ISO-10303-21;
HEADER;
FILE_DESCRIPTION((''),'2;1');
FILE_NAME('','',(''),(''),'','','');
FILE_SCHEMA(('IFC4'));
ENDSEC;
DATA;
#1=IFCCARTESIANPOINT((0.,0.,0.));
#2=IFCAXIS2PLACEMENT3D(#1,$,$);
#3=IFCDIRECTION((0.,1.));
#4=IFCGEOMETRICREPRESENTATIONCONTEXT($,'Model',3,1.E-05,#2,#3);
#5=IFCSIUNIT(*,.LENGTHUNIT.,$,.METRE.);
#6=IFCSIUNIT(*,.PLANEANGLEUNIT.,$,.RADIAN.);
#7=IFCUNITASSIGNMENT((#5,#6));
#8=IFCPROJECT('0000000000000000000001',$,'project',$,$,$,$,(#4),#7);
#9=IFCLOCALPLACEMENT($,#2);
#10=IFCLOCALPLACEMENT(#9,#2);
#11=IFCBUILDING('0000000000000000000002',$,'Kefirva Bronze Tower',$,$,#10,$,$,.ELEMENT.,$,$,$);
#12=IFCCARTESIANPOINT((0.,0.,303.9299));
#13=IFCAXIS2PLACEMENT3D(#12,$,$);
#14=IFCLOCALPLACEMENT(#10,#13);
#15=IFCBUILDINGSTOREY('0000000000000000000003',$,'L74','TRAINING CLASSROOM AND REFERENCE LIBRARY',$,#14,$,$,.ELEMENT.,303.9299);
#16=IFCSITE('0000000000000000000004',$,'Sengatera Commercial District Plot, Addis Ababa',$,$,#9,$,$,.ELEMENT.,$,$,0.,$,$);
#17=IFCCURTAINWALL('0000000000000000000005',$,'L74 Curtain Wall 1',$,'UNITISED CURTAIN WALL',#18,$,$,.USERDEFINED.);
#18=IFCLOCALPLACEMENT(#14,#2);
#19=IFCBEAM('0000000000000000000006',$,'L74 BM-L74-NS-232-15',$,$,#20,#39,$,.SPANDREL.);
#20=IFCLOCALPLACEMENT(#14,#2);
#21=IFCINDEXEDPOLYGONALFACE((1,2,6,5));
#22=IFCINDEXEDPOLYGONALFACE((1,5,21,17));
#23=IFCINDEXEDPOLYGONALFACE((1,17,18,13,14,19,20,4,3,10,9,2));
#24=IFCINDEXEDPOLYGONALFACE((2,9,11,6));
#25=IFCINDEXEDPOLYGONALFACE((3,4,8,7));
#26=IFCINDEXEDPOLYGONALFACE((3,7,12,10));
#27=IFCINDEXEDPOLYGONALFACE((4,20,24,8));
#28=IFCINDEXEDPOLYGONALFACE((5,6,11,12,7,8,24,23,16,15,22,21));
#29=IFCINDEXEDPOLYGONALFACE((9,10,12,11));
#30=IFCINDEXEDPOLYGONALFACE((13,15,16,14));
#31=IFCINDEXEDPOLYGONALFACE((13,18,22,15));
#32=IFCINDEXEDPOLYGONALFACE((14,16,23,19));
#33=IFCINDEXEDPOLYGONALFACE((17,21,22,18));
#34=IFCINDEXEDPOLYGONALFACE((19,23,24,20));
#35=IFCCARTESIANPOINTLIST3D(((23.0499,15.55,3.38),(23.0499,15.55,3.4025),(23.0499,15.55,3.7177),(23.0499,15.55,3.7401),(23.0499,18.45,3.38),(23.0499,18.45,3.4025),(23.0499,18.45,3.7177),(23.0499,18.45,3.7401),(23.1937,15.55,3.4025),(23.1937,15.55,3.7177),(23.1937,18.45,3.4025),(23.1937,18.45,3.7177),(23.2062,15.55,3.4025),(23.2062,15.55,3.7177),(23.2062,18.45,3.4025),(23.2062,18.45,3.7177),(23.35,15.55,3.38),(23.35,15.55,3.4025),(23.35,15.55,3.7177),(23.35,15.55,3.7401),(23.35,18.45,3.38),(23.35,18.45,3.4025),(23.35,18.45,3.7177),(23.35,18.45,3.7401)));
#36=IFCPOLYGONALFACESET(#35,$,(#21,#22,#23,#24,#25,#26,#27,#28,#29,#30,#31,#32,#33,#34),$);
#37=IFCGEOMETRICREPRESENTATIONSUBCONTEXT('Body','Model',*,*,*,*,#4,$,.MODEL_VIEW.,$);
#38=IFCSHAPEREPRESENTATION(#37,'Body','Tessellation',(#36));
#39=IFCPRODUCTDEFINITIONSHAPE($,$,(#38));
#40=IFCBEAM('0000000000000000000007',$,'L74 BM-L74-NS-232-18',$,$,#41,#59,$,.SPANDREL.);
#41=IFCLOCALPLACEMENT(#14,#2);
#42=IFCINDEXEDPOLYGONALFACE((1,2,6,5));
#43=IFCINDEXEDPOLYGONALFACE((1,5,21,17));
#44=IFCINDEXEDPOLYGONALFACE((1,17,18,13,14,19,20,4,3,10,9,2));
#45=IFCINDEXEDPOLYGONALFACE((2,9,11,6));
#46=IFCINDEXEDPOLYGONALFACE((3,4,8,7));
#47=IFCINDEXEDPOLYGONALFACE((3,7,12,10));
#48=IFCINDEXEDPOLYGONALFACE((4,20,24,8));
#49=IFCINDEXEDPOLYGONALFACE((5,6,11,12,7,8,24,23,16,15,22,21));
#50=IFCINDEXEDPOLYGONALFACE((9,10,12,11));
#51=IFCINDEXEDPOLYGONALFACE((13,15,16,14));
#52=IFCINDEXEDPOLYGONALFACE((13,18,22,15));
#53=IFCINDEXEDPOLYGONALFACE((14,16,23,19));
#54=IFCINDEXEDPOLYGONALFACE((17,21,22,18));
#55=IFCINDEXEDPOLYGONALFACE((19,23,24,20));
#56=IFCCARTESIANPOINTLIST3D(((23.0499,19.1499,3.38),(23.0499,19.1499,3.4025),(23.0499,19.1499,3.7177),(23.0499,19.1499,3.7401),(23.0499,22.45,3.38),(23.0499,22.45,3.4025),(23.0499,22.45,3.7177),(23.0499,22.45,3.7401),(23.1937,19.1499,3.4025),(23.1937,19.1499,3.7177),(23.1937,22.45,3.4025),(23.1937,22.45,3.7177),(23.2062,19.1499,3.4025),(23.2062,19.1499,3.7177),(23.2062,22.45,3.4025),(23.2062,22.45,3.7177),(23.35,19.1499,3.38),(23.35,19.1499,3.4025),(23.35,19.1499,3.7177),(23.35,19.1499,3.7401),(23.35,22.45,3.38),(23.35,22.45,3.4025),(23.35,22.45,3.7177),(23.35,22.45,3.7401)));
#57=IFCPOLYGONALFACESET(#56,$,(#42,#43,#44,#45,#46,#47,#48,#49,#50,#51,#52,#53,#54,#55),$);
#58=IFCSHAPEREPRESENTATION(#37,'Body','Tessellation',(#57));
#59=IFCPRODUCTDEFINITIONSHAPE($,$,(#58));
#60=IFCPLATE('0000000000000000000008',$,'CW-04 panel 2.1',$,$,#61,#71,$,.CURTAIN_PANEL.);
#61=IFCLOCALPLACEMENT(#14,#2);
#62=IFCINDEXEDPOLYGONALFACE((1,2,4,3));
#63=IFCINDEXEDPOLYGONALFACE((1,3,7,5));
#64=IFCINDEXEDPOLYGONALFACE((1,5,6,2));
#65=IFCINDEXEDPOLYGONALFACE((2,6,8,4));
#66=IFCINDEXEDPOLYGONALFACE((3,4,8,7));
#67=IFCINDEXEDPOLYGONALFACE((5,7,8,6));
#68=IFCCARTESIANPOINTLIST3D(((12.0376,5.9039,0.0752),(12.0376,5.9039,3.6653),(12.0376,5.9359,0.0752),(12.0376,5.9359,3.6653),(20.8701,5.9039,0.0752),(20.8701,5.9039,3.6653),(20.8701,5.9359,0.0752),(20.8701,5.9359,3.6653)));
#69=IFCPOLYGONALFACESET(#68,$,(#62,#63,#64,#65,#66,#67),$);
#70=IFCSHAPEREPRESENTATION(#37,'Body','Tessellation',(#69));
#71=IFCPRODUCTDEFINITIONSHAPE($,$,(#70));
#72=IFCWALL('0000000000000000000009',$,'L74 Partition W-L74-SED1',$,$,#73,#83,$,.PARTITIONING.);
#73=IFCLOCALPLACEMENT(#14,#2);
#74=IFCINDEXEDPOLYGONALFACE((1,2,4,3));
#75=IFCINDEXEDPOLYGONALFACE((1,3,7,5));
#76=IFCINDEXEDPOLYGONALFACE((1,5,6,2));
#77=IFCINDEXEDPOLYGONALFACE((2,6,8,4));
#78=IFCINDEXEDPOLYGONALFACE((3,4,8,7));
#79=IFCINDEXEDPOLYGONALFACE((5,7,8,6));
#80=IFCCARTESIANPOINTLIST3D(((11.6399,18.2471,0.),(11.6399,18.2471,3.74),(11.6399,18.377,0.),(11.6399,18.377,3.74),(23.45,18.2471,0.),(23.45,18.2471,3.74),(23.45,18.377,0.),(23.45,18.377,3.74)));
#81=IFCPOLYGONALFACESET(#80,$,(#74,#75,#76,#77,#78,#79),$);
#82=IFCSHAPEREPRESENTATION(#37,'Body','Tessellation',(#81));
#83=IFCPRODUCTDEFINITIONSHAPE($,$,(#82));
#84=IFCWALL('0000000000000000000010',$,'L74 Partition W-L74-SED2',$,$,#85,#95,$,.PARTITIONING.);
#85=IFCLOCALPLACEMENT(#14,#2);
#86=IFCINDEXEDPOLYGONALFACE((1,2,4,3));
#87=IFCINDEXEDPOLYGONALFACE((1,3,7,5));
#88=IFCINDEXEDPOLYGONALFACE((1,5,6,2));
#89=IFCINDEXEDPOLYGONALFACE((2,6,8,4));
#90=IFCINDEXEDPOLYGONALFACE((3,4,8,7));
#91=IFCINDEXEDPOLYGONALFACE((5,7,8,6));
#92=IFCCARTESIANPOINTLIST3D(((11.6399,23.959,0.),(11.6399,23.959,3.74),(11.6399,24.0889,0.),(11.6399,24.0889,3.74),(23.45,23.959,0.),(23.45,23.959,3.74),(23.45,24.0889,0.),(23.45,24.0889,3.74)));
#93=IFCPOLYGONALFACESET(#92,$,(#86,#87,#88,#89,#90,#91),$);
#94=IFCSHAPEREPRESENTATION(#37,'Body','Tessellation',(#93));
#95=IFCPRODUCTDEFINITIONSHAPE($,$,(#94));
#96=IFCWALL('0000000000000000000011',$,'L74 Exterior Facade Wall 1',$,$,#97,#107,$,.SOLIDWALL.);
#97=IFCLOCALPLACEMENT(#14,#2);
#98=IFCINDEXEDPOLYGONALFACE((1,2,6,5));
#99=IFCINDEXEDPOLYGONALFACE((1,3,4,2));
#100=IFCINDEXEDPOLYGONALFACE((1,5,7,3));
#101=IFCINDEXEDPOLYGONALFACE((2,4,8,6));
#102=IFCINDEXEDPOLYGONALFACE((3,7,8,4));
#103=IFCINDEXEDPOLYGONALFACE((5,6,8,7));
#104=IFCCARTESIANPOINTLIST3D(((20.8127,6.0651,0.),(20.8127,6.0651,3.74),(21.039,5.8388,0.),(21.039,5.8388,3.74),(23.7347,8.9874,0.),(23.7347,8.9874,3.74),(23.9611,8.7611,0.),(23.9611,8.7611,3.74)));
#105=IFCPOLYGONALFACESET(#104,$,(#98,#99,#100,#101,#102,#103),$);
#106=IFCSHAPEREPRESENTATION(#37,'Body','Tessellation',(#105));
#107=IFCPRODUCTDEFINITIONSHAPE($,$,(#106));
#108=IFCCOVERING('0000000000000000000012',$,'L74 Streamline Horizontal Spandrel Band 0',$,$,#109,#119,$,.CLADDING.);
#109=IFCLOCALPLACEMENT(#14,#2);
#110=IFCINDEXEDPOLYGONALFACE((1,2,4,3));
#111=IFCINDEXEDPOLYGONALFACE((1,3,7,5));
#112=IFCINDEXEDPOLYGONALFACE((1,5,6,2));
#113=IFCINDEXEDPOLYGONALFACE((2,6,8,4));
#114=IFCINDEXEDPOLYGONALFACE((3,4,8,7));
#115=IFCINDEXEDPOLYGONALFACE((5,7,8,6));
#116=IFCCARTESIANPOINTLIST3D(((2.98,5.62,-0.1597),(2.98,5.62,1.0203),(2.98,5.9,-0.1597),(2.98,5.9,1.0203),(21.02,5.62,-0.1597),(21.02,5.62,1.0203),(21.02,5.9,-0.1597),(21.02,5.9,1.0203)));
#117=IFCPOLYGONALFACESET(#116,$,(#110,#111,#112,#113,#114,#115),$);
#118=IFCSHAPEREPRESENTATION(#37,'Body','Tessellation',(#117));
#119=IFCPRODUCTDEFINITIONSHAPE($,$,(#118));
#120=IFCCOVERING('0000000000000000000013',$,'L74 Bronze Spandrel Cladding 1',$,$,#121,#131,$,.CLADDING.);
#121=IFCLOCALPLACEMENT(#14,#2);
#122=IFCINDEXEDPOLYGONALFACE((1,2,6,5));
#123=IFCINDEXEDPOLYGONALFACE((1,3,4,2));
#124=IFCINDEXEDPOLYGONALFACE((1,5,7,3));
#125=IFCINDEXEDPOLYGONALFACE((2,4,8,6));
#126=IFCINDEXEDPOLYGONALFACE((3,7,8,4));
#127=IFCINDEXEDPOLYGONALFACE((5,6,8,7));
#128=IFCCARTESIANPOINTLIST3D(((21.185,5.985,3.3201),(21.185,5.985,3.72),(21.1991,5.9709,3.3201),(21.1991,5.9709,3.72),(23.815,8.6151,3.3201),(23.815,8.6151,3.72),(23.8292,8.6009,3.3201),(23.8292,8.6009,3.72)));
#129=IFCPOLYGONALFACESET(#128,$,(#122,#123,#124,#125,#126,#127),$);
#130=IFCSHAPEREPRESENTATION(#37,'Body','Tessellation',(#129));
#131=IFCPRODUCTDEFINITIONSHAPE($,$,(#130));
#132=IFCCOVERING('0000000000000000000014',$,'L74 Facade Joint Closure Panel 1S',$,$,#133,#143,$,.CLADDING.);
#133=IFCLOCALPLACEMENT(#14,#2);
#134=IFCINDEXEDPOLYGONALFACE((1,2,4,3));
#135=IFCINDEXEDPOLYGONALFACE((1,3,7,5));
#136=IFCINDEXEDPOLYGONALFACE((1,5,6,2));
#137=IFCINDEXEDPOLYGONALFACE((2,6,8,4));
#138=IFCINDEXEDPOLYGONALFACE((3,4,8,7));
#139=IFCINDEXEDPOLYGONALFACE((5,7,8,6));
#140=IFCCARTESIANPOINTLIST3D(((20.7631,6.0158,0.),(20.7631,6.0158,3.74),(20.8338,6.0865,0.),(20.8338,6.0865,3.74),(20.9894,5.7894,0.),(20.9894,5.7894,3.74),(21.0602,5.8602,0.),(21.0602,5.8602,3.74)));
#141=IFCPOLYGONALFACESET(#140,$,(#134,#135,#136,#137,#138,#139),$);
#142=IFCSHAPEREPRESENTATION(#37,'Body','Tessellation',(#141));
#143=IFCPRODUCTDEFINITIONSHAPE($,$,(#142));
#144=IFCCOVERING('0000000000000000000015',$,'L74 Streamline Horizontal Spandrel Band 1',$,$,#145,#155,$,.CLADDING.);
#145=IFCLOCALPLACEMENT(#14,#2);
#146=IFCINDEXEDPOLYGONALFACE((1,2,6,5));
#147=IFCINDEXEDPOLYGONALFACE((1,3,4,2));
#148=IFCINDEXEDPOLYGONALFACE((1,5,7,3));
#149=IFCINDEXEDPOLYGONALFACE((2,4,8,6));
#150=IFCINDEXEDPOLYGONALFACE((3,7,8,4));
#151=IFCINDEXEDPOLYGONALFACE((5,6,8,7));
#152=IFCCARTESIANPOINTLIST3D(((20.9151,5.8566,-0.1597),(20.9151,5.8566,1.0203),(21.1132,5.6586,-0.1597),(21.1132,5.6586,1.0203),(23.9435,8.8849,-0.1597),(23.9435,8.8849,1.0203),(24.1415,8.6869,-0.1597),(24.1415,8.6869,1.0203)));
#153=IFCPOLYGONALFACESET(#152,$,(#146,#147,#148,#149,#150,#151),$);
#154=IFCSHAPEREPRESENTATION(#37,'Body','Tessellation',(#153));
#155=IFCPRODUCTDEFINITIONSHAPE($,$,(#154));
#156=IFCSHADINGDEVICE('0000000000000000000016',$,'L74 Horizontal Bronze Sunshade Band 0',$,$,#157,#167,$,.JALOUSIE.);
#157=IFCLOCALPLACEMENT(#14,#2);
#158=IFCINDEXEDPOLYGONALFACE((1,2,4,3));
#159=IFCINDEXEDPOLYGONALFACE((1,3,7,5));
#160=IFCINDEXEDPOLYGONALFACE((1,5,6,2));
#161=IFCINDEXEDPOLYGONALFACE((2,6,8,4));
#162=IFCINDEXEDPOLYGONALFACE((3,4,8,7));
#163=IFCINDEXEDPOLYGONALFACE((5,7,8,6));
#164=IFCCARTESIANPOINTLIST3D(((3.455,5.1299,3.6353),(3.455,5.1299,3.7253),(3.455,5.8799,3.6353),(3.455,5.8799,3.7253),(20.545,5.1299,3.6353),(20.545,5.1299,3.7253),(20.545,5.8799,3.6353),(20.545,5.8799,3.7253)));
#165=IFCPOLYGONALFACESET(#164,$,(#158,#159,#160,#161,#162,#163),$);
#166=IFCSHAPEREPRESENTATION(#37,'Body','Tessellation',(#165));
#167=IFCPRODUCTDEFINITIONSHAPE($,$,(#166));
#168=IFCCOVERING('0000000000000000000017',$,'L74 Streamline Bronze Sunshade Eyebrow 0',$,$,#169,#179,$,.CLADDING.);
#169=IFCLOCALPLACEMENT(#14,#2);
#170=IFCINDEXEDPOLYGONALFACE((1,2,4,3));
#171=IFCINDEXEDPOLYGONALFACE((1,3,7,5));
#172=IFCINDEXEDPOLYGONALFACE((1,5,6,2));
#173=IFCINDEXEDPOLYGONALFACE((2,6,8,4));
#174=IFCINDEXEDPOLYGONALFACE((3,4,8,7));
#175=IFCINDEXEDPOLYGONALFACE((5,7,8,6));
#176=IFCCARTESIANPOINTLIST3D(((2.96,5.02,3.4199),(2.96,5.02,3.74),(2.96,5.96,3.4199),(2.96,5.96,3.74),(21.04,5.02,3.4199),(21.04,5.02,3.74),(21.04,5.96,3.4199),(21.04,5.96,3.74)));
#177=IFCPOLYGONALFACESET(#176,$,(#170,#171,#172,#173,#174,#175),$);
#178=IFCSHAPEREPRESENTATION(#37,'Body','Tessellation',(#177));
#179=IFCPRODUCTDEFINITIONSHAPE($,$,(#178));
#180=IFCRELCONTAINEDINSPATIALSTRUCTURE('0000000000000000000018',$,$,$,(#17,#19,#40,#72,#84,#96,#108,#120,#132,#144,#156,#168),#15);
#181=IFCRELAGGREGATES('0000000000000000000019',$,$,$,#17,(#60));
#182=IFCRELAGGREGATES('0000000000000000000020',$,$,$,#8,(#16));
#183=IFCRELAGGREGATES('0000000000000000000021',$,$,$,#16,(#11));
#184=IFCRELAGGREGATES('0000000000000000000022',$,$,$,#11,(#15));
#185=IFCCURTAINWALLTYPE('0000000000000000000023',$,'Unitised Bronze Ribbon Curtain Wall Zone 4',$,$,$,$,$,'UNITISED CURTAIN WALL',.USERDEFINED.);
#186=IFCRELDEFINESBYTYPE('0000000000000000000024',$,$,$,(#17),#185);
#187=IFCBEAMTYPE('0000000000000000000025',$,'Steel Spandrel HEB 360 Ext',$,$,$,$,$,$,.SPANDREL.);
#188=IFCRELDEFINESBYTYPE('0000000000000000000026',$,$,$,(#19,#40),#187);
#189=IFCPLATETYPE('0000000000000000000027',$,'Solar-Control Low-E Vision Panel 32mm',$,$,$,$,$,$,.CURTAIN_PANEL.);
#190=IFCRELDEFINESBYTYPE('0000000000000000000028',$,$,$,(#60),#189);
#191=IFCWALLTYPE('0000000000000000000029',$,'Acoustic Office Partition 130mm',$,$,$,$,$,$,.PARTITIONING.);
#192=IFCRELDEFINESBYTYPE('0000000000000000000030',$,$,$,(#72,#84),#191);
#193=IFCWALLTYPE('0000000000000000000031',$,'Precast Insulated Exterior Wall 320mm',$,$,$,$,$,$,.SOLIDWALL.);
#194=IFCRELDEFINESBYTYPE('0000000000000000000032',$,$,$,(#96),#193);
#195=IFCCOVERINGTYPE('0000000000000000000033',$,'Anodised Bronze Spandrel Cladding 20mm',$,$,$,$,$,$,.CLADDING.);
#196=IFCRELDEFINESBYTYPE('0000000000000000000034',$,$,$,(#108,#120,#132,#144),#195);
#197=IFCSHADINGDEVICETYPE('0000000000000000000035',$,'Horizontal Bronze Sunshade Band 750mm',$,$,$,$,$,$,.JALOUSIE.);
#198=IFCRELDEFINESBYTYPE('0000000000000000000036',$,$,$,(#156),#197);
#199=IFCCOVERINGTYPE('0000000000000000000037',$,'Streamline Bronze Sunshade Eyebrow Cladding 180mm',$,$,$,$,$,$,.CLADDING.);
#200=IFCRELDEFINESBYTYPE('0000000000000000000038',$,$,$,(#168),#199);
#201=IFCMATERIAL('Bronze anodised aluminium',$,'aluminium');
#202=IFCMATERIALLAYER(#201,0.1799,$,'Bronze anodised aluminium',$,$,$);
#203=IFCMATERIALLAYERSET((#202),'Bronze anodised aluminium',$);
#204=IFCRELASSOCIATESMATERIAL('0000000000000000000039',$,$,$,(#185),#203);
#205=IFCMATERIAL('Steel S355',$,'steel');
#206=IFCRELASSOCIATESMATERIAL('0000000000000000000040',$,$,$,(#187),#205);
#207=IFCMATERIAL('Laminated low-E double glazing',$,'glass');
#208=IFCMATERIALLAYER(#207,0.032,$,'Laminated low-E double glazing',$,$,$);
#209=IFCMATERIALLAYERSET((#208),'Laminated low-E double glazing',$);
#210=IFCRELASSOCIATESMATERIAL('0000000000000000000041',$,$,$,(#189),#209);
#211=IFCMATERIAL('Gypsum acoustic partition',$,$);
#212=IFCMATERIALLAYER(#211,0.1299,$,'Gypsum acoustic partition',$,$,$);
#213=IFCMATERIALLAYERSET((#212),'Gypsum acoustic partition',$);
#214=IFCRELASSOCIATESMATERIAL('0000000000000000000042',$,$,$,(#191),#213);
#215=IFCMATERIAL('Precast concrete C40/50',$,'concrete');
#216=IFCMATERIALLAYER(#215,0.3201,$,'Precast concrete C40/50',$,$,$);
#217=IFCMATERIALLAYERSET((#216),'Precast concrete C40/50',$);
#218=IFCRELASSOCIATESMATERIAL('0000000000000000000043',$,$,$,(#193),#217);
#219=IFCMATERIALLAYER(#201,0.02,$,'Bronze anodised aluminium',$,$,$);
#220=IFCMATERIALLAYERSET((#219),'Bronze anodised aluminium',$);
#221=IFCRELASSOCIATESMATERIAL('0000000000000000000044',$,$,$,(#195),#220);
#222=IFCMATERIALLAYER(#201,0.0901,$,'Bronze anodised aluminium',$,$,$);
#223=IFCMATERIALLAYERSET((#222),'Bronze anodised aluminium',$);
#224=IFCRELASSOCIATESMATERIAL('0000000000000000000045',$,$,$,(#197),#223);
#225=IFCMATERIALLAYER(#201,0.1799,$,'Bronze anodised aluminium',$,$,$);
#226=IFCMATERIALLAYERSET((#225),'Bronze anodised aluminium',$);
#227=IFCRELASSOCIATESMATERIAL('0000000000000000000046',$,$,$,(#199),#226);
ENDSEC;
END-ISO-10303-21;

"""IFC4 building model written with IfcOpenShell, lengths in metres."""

from ifc_helpers import new_model, si_unit, direction, frame, frame_2d, origin, origin_2d, place, context, subcontext, project, spatial, rectangle, i_section, extrude, material, layer, layer_set, material_profile, profile_set, type_object, element, aggregate, save


model = new_model("IFC4")

# Units and contexts
model_context = context("Model", 3, precision=1e-05, world=origin(), true_north=direction((0.0, 1.0)))
body_context = subcontext(model_context, "Body", "Model", "MODEL_VIEW")
ifc_project = project(units=[si_unit("LENGTHUNIT", "METRE"), si_unit("PLANEANGLEUNIT", "RADIAN")], contexts=[model_context])

# Site, building, storey
site_placement = place(None, origin())
site = spatial("IfcSite", under=ifc_project, at=site_placement, Name="Sengatera Commercial District Plot, Addis Ababa", CompositionType="ELEMENT", RefElevation=0.0)
building_placement = place(site_placement, origin())
building = spatial("IfcBuilding", under=site, at=building_placement, Name="Kefirva Bronze Tower", CompositionType="ELEMENT")
storey_placement = place(building_placement, frame((0.0, 0.0, 303.9299)))
storey = spatial("IfcBuildingStorey", under=building, at=storey_placement, Name="L74", Description="TRAINING CLASSROOM AND REFERENCE LIBRARY", CompositionType="ELEMENT", Elevation=303.9299)

# Curtain wall
ifc_material_1 = material(Name="Bronze anodised aluminium", Category="aluminium")
ifc_layer_1 = layer(ifc_material_1, 0.1799, Name="Bronze anodised aluminium")
ifc_layer_set_1 = layer_set([ifc_layer_1], Name="Bronze anodised aluminium")
curtain_wall_type = type_object("IfcCurtainWallType", Name="Unitised Bronze Ribbon Curtain Wall Zone 4", ElementType="UNITISED CURTAIN WALL", PredefinedType="USERDEFINED", material=ifc_layer_set_1)
curtain_wall_placement = place(storey_placement, origin())
curtain_wall = element("IfcCurtainWall", 1, at=curtain_wall_placement, inside=storey, type_object=curtain_wall_type, Name="L74 Curtain Wall 1", ObjectType="UNITISED CURTAIN WALL", PredefinedType="USERDEFINED")

# Beams
ifc_material_2 = material(Name="Steel S355", Category="steel")
ifc_material_profile_1 = material_profile(ifc_material_2, i_section(OverallWidth=0.3, OverallDepth=0.3601, WebThickness=0.0125, FlangeThickness=0.0225, at=origin_2d()), Name="HEB 360")
ifc_profile_set_1 = profile_set([ifc_material_profile_1], Name="Steel S355")
beam_type_1 = type_object("IfcBeamType", Name="Steel Spandrel HEB 360 Ext", PredefinedType="SPANDREL", material=ifc_profile_set_1)
beam_1_placement = place(storey_placement, frame((23.2, 15.55, 3.5601), z_axis=(0.0, 1.0, 0.0), x_axis=(-1.0, 0.0, 0.0)))
element("IfcBeam", 2, at=beam_1_placement, inside=storey, type_object=beam_type_1, Name="L74 BM-L74-NS-232-15", PredefinedType="SPANDREL", context=body_context, shape_type="SweptSolid", body=[
    extrude(i_section(OverallWidth=0.3, OverallDepth=0.3601, WebThickness=0.0125, FlangeThickness=0.0225, at=origin_2d()), origin(), (0.0, 0.0, 1.0), 2.8999),
])
beam_2_placement = place(storey_placement, frame((23.2, 19.1499, 3.5601), z_axis=(0.0, 1.0, 0.0), x_axis=(-1.0, 0.0, 0.0)))
element("IfcBeam", 3, at=beam_2_placement, inside=storey, type_object=beam_type_1, Name="L74 BM-L74-NS-232-18", PredefinedType="SPANDREL", context=body_context, shape_type="SweptSolid", body=[
    extrude(i_section(OverallWidth=0.3, OverallDepth=0.3601, WebThickness=0.0125, FlangeThickness=0.0225, at=origin_2d()), origin(), (0.0, 0.0, 1.0), 3.3),
])

# Plate
ifc_material_3 = material(Name="Laminated low-E double glazing", Category="glass")
ifc_layer_2 = layer(ifc_material_3, 0.032, Name="Laminated low-E double glazing")
ifc_layer_set_2 = layer_set([ifc_layer_2], Name="Laminated low-E double glazing")
plate_type = type_object("IfcPlateType", Name="Solar-Control Low-E Vision Panel 32mm", PredefinedType="CURTAIN_PANEL", material=ifc_layer_set_2)
plate_placement = place(storey_placement, frame((16.4539, 5.9199, 0.0752), z_axis=(0.0, 0.0, 1.0), x_axis=(1.0, 0.0, 0.0)))
plate = element("IfcPlate", 4, at=plate_placement, type_object=plate_type, Name="CW-04 panel 2.1", PredefinedType="CURTAIN_PANEL", context=body_context, shape_type="SweptSolid", body=[
    extrude(rectangle(XDim=8.8325, YDim=0.032, at=origin_2d()), origin(), (0.0, 0.0, 1.0), 3.5901),
])
aggregate(curtain_wall, [plate])

# Walls
ifc_material_4 = material(Name="Gypsum acoustic partition")
ifc_layer_3 = layer(ifc_material_4, 0.1299, Name="Gypsum acoustic partition")
ifc_layer_set_3 = layer_set([ifc_layer_3], Name="Gypsum acoustic partition")
wall_type_1 = type_object("IfcWallType", Name="Acoustic Office Partition 130mm", PredefinedType="PARTITIONING", material=ifc_layer_set_3)
for number, where, z_axis, x_axis, name in (
    (5, (11.6399, 18.312, 0.0), (0.0, 0.0, 1.0), (1.0, 0.0, 0.0), "L74 Partition W-L74-SED1"),
    (6, (11.6399, 24.0239, 0.0), (0.0, 0.0, 1.0), (1.0, 0.0, 0.0), "L74 Partition W-L74-SED2"),
):
    element("IfcWall", number, at=place(storey_placement, frame(where, z_axis=z_axis, x_axis=x_axis)), inside=storey, type_object=wall_type_1, Name=name, PredefinedType="PARTITIONING", context=body_context, shape_type="SweptSolid", body=[
        extrude(rectangle(XDim=11.8101, YDim=0.1299, at=frame_2d((5.905, 0.0))), origin(), (0.0, 0.0, 1.0), 3.74),
    ])
ifc_material_5 = material(Name="Precast concrete C40/50", Category="concrete")
ifc_layer_4 = layer(ifc_material_5, 0.3201, Name="Precast concrete C40/50")
ifc_layer_set_4 = layer_set([ifc_layer_4], Name="Precast concrete C40/50")
wall_type_2 = type_object("IfcWallType", Name="Precast Insulated Exterior Wall 320mm", PredefinedType="SOLIDWALL", material=ifc_layer_set_4)
wall_placement = place(storey_placement, frame((20.9258, 5.9519, 0.0), z_axis=(0.0, 0.0, 1.0), x_axis=(0.707077, 0.707136, 0.0)))
element("IfcWall", 7, at=wall_placement, inside=storey, type_object=wall_type_2, Name="L74 Exterior Facade Wall 1", PredefinedType="SOLIDWALL", context=body_context, shape_type="SweptSolid", body=[
    extrude(rectangle(XDim=4.1326, YDim=0.3201, at=frame_2d((2.0664, 0.0))), origin(), (0.0, 0.0, 1.0), 3.74),
])

# Coverings
ifc_layer_5 = layer(ifc_material_1, 0.02, Name="Bronze anodised aluminium")
ifc_layer_set_5 = layer_set([ifc_layer_5], Name="Bronze anodised aluminium")
covering_type_1 = type_object("IfcCoveringType", Name="Anodised Bronze Spandrel Cladding 20mm", PredefinedType="CLADDING", material=ifc_layer_set_5)
covering_1_placement = place(storey_placement, frame((12.0, 5.76, -0.1597), z_axis=(0.0, 0.0, 1.0), x_axis=(1.0, 0.0, 0.0)))
element("IfcCovering", 8, at=covering_1_placement, inside=storey, type_object=covering_type_1, Name="L74 Streamline Horizontal Spandrel Band 0", PredefinedType="CLADDING", context=body_context, shape_type="SweptSolid", body=[
    extrude(rectangle(XDim=18.04, YDim=0.28, at=origin_2d()), origin(), (0.0, 0.0, 1.0), 1.1799),
])
covering_2_placement = place(storey_placement, frame((22.5071, 7.293, 3.3201), z_axis=(0.0, 0.0, 1.0), x_axis=(0.707107, 0.707107, 0.0)))
element("IfcCovering", 9, at=covering_2_placement, inside=storey, type_object=covering_type_1, Name="L74 Bronze Spandrel Cladding 1", PredefinedType="CLADDING", context=body_context, shape_type="SweptSolid", body=[
    extrude(rectangle(XDim=3.7195, YDim=0.02, at=origin_2d()), origin(), (0.0, 0.0, 1.0), 0.3999),
])
covering_3_placement = place(storey_placement, frame((20.9116, 5.938, 0.0), z_axis=(0.0, 0.0, 1.0), x_axis=(0.707107, 0.707107, 0.0)))
element("IfcCovering", 10, at=covering_3_placement, inside=storey, type_object=covering_type_1, Name="L74 Facade Joint Closure Panel 1S", PredefinedType="CLADDING", context=body_context, shape_type="SweptSolid", body=[
    extrude(rectangle(XDim=0.1001, YDim=0.3201, at=origin_2d()), origin(), (0.0, 0.0, 1.0), 3.74),
])
covering_4_placement = place(storey_placement, frame((22.5283, 7.2717, -0.1597), z_axis=(0.0, 0.0, 1.0), x_axis=(0.707107, 0.707107, 0.0)))
element("IfcCovering", 11, at=covering_4_placement, inside=storey, type_object=covering_type_1, Name="L74 Streamline Horizontal Spandrel Band 1", PredefinedType="CLADDING", context=body_context, shape_type="SweptSolid", body=[
    extrude(rectangle(XDim=4.2827, YDim=0.28, at=origin_2d()), origin(), (0.0, 0.0, 1.0), 1.1799),
])

# Shading device
ifc_layer_6 = layer(ifc_material_1, 0.0901, Name="Bronze anodised aluminium")
ifc_layer_set_6 = layer_set([ifc_layer_6], Name="Bronze anodised aluminium")
shading_device_type = type_object("IfcShadingDeviceType", Name="Horizontal Bronze Sunshade Band 750mm", PredefinedType="JALOUSIE", material=ifc_layer_set_6)
shading_device_placement = place(storey_placement, frame((12.0, 5.5049, 3.6353), z_axis=(0.0, 0.0, 1.0), x_axis=(1.0, 0.0, 0.0)))
element("IfcShadingDevice", 12, at=shading_device_placement, inside=storey, type_object=shading_device_type, Name="L74 Horizontal Bronze Sunshade Band 0", PredefinedType="JALOUSIE", context=body_context, shape_type="SweptSolid", body=[
    extrude(rectangle(XDim=17.0901, YDim=0.75, at=origin_2d()), origin(), (0.0, 0.0, 1.0), 0.0901),
])

# Covering
ifc_layer_7 = layer(ifc_material_1, 0.1799, Name="Bronze anodised aluminium")
ifc_layer_set_7 = layer_set([ifc_layer_7], Name="Bronze anodised aluminium")
covering_type_2 = type_object("IfcCoveringType", Name="Streamline Bronze Sunshade Eyebrow Cladding 180mm", PredefinedType="CLADDING", material=ifc_layer_set_7)
covering_5_placement = place(storey_placement, frame((12.0, 5.49, 3.4199), z_axis=(0.0, 0.0, 1.0), x_axis=(1.0, 0.0, 0.0)))
element("IfcCovering", 13, at=covering_5_placement, inside=storey, type_object=covering_type_2, Name="L74 Streamline Bronze Sunshade Eyebrow 0", PredefinedType="CLADDING", context=body_context, shape_type="SweptSolid", body=[
    extrude(rectangle(XDim=18.0801, YDim=0.9399, at=origin_2d()), origin(), (0.0, 0.0, 1.0), 0.3201),
])

save(model, "model.ifc")
